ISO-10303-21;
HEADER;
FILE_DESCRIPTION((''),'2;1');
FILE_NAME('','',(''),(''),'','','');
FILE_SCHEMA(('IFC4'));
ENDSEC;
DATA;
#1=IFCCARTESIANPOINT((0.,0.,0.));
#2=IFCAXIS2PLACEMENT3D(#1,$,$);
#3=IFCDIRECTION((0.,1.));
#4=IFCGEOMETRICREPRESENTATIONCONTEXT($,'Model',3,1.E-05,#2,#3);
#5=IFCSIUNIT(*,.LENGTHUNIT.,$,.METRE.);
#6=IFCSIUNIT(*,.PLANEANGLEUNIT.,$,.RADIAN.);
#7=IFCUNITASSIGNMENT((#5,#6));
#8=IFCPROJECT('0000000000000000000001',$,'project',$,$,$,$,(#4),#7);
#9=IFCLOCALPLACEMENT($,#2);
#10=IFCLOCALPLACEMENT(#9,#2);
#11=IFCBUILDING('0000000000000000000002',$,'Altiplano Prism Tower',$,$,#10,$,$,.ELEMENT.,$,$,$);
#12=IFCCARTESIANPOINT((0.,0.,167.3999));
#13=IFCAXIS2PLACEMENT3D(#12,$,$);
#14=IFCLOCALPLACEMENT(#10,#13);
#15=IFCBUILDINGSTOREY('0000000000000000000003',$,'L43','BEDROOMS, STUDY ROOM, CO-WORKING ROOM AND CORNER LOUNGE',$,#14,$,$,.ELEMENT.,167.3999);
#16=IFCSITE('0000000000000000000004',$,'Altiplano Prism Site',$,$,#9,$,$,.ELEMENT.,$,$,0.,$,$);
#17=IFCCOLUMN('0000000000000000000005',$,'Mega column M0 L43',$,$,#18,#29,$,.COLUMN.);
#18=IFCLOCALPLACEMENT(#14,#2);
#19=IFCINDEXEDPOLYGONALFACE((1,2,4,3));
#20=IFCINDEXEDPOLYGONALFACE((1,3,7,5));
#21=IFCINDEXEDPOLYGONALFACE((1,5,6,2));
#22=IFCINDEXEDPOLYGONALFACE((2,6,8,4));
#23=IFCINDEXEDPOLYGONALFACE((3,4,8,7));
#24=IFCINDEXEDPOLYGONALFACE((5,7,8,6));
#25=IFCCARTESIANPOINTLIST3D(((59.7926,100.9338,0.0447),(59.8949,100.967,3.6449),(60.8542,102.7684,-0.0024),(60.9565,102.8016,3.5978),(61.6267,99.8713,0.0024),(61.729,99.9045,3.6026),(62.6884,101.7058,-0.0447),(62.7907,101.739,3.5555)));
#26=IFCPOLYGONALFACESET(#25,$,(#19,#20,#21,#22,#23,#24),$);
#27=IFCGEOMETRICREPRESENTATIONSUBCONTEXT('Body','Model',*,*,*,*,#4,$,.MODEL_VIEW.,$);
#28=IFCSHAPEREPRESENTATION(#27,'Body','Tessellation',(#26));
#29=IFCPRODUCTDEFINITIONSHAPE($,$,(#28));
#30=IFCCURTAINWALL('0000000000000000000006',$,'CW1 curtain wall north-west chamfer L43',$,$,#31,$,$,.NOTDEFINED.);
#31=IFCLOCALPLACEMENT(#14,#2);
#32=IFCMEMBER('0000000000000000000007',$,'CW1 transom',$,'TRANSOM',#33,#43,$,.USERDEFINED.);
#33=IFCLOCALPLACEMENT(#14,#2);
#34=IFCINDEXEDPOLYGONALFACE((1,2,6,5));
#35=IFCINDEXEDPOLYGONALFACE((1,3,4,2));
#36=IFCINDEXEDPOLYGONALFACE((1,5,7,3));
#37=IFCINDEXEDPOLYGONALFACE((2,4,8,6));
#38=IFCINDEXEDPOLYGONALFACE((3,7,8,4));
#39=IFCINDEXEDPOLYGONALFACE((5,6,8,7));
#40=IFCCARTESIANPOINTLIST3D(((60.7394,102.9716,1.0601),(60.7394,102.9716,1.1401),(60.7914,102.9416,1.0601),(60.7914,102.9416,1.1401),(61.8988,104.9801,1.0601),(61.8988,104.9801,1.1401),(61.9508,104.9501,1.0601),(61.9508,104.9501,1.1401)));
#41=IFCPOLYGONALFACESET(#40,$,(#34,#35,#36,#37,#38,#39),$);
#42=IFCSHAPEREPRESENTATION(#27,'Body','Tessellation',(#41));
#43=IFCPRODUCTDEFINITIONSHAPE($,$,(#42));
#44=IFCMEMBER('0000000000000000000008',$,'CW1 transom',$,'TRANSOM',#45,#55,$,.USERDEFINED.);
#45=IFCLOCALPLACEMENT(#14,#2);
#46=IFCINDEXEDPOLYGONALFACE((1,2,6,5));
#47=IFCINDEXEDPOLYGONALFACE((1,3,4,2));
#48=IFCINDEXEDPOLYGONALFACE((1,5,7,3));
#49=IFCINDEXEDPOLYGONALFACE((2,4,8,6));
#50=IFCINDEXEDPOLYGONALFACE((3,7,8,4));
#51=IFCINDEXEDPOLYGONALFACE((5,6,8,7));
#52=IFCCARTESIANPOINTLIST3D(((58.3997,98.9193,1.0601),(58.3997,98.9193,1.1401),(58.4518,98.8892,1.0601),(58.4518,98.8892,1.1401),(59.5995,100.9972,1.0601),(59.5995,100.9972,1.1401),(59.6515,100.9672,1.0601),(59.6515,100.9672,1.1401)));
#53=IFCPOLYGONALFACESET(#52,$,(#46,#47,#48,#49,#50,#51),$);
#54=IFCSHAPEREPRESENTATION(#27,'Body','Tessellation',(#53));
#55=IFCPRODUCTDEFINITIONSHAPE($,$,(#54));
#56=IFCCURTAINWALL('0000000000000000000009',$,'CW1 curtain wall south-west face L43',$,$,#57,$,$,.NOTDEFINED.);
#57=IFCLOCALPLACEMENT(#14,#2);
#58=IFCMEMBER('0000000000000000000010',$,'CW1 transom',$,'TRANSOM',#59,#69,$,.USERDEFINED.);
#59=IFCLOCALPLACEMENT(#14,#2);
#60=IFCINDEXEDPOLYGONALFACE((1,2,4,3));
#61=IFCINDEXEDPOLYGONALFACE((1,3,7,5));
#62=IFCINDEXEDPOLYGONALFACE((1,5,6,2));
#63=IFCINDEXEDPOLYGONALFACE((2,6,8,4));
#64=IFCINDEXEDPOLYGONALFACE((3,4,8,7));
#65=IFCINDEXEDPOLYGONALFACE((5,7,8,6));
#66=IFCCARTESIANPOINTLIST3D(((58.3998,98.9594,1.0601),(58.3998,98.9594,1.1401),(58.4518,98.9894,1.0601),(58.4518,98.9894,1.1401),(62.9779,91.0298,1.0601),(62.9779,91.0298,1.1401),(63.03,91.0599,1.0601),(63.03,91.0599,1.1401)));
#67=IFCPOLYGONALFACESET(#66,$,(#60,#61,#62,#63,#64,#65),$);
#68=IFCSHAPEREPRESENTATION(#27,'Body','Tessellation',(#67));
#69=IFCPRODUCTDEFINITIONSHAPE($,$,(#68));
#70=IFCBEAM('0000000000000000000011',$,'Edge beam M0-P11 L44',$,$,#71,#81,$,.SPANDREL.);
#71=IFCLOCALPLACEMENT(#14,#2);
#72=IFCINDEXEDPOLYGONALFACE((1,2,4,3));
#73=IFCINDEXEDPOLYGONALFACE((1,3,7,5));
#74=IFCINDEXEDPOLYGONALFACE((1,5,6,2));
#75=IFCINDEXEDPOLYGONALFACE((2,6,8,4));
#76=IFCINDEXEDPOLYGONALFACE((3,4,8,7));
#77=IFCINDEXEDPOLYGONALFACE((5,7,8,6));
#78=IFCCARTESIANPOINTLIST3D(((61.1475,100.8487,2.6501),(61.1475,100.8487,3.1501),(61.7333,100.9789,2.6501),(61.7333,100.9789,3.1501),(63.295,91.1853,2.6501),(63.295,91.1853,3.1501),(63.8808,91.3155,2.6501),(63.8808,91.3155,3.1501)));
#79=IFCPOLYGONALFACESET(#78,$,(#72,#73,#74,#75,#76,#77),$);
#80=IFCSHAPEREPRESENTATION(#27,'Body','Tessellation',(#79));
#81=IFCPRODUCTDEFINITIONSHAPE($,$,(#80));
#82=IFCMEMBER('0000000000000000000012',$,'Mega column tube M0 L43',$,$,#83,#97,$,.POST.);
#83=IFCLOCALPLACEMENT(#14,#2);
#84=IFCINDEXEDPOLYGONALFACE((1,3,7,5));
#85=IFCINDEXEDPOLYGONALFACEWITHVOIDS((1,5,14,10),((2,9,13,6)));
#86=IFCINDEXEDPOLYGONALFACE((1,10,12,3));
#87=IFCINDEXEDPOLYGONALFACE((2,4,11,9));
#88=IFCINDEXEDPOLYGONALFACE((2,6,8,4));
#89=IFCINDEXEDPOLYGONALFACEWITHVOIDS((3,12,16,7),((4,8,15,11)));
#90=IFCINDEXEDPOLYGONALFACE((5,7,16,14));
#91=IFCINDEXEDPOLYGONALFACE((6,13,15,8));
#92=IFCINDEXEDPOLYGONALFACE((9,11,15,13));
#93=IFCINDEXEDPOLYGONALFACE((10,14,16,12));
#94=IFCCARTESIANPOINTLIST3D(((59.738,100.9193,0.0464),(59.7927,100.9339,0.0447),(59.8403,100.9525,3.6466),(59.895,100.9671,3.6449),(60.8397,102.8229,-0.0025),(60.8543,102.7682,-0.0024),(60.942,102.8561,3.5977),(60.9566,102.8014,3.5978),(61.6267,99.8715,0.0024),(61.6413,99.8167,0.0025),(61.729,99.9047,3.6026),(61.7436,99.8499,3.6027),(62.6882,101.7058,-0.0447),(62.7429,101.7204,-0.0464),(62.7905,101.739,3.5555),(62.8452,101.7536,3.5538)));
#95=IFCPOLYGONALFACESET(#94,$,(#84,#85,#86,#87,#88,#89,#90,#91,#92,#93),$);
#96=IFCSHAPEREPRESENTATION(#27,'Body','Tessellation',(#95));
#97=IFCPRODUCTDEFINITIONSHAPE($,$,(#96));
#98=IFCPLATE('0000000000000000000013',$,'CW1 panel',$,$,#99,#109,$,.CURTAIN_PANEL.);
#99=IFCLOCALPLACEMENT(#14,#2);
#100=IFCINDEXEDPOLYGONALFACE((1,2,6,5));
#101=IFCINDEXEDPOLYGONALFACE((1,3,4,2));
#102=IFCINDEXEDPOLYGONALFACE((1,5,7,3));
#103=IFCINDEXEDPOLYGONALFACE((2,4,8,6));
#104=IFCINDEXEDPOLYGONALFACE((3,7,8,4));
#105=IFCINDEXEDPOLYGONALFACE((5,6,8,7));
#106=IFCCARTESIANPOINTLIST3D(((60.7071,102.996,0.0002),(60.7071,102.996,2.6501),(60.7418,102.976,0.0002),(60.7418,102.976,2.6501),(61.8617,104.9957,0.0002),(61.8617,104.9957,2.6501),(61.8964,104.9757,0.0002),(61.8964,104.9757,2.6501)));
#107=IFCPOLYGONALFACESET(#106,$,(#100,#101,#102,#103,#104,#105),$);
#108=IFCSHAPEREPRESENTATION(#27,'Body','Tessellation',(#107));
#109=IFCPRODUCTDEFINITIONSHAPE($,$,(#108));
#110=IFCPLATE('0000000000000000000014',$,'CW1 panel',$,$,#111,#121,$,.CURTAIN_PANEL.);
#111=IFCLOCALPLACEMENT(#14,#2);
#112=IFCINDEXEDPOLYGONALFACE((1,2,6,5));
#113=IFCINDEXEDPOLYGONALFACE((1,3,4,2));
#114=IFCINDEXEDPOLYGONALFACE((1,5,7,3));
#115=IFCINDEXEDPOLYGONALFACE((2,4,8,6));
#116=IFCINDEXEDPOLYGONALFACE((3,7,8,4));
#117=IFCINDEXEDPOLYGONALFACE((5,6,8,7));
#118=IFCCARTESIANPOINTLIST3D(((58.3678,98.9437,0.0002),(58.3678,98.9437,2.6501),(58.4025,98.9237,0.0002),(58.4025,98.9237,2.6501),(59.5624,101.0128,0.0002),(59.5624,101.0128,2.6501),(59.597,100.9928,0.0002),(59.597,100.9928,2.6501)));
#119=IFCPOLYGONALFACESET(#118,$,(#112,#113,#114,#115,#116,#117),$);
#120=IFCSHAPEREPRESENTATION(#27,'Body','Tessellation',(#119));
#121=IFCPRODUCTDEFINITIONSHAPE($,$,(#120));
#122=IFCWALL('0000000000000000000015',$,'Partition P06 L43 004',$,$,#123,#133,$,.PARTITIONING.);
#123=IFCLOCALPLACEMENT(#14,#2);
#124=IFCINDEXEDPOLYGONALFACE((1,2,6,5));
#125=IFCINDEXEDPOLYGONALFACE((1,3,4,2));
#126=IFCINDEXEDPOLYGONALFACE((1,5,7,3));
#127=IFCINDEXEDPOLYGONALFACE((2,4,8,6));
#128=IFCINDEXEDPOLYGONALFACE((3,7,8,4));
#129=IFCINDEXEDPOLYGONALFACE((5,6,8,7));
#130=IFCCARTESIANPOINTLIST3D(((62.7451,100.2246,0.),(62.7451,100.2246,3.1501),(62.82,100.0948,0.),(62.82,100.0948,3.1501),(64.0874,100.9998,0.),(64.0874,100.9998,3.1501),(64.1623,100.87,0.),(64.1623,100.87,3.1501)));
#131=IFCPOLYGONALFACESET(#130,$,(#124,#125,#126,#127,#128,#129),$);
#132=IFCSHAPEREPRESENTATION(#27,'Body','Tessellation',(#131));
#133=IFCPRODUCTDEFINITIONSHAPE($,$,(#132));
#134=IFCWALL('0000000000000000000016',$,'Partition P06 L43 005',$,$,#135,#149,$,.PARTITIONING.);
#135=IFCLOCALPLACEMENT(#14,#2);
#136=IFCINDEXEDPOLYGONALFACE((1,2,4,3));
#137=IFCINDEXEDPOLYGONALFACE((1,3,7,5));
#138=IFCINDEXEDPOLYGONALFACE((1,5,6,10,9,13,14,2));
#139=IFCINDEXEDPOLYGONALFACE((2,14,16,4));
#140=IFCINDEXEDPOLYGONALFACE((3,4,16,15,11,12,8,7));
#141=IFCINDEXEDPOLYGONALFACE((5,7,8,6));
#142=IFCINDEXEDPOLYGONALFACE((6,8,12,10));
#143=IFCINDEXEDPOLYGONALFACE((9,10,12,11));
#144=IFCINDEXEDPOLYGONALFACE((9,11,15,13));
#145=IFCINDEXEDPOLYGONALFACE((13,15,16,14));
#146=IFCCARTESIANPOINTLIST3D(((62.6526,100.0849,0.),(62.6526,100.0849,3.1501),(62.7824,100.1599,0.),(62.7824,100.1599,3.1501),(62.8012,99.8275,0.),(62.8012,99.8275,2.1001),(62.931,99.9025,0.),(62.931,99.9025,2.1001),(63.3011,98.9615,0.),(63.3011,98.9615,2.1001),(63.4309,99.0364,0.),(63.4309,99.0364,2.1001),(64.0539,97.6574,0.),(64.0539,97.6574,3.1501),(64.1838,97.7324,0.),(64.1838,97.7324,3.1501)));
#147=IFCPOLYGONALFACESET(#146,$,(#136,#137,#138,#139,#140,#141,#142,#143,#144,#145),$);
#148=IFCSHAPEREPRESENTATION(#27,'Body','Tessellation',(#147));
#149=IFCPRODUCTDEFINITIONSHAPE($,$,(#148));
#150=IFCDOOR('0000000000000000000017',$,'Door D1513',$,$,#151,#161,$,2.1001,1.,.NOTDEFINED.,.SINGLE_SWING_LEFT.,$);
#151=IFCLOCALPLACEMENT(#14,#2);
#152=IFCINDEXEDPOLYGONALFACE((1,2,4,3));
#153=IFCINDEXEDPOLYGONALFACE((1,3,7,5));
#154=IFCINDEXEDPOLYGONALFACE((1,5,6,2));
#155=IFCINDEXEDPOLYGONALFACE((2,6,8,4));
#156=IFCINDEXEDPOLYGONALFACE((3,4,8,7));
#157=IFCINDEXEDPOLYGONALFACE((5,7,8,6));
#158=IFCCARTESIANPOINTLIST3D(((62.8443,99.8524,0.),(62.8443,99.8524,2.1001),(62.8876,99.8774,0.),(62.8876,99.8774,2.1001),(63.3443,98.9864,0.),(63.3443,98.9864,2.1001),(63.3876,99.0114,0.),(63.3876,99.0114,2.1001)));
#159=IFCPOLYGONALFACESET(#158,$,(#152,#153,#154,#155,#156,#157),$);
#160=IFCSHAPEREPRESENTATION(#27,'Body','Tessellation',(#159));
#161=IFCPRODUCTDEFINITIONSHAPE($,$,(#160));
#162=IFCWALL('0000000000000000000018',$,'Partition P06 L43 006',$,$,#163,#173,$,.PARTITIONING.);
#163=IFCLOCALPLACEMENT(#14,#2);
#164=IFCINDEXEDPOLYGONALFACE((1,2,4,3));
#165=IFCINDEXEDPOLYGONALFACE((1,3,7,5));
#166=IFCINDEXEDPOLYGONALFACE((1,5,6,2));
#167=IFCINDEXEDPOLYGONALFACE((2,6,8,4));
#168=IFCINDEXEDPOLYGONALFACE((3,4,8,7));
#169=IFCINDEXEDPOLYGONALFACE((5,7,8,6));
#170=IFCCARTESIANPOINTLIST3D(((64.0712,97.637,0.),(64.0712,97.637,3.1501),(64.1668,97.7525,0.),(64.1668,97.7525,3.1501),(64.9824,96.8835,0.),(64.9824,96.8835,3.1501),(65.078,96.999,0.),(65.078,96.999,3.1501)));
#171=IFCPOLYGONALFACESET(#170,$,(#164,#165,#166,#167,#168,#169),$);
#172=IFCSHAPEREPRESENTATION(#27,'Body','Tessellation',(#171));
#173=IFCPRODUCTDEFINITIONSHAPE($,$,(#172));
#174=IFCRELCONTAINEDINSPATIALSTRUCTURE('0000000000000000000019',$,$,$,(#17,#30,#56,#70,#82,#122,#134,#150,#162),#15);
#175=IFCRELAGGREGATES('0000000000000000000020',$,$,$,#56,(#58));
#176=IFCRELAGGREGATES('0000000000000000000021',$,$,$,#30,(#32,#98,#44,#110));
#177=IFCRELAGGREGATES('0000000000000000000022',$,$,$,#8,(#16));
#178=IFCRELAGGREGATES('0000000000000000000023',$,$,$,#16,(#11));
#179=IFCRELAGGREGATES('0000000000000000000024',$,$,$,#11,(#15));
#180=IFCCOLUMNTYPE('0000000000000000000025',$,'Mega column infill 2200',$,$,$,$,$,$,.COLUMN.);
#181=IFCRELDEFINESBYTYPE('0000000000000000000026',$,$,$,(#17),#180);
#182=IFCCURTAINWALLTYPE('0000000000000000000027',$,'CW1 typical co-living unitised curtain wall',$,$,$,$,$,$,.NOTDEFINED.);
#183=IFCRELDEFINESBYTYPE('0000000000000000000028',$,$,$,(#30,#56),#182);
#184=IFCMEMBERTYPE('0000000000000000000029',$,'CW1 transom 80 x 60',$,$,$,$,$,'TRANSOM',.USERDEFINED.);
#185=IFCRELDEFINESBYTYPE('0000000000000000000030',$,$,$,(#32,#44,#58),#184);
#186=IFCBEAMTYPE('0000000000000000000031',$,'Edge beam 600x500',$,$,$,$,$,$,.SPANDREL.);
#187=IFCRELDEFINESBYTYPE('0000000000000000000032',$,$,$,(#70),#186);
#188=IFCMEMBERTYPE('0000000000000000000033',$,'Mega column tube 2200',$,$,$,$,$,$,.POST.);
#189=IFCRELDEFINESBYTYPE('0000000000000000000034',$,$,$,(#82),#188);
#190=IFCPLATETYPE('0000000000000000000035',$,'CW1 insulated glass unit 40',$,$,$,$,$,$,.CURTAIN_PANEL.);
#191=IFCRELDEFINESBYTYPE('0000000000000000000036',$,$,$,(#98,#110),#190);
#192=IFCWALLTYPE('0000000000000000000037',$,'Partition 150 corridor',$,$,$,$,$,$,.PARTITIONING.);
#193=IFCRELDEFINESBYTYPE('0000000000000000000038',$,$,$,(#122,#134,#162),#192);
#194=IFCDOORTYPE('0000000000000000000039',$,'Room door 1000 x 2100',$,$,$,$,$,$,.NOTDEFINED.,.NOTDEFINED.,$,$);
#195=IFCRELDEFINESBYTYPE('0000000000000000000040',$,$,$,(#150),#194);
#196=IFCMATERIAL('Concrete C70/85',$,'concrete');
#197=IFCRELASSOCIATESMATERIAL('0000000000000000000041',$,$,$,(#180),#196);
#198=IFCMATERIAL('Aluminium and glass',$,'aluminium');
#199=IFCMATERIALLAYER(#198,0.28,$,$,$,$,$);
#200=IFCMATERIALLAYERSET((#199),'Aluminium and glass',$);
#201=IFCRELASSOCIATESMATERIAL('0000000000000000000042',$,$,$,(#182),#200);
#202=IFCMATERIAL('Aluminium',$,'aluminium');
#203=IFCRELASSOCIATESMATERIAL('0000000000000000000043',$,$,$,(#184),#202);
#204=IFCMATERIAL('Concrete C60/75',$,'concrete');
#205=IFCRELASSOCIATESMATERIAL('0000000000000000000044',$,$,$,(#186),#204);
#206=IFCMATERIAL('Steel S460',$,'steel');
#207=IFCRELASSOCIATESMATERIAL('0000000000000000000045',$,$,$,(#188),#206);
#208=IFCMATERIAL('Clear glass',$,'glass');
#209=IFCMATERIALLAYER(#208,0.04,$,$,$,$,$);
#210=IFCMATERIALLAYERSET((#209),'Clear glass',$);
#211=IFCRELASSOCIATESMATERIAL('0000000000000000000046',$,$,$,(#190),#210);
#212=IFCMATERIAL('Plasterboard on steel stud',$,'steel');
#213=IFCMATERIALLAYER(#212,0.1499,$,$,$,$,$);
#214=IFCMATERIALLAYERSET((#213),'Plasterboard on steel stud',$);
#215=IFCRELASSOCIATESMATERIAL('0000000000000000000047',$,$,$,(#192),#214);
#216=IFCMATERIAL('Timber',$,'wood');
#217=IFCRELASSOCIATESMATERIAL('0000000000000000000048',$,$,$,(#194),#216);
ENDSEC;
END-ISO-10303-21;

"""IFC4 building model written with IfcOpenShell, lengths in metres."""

from ifc_helpers import new_model, si_unit, direction, frame, frame_2d, origin, origin_2d, place, context, subcontext, project, spatial, rectangle, hollow_rectangle, extrude, material, layer, layer_set, material_profile, profile_set, type_object, element, fill, aggregate, save


model = new_model("IFC4")

# Units and contexts
model_context = context("Model", 3, precision=1e-05, world=origin(), true_north=direction((0.0, 1.0)))
body_context = subcontext(model_context, "Body", "Model", "MODEL_VIEW")
ifc_project = project(units=[si_unit("LENGTHUNIT", "METRE"), si_unit("PLANEANGLEUNIT", "RADIAN")], contexts=[model_context])

# Site, building, storey
site_placement = place(None, origin())
site = spatial("IfcSite", under=ifc_project, at=site_placement, Name="Altiplano Prism Site", CompositionType="ELEMENT", RefElevation=0.0)
building_placement = place(site_placement, origin())
building = spatial("IfcBuilding", under=site, at=building_placement, Name="Altiplano Prism Tower", CompositionType="ELEMENT")
storey_placement = place(building_placement, frame((0.0, 0.0, 167.3999)))
storey = spatial("IfcBuildingStorey", under=building, at=storey_placement, Name="L43", Description="BEDROOMS, STUDY ROOM, CO-WORKING ROOM AND CORNER LOUNGE", CompositionType="ELEMENT", Elevation=167.3999)

# Column
ifc_material_1 = material(Name="Concrete C70/85", Category="concrete")
ifc_material_profile_1 = material_profile(ifc_material_1, rectangle(XDim=2.1201, YDim=2.1201, at=origin_2d()), Name="Mega column infill 2200")
ifc_profile_set_1 = profile_set([ifc_material_profile_1], Name="Concrete C70/85")
column_type = type_object("IfcColumnType", Name="Mega column infill 2200", PredefinedType="COLUMN", material=ifc_profile_set_1)
column_placement = place(storey_placement, frame((61.2405, 101.3198, 0.0), z_axis=(0.028402, 0.009219, 0.999554), x_axis=(-0.865123, 0.501162, 0.01996)))
element("IfcColumn", 1, at=column_placement, inside=storey, type_object=column_type, Name="Mega column M0 L43", PredefinedType="COLUMN", context=body_context, shape_type="SweptSolid", body=[
    extrude(rectangle(XDim=2.1201, YDim=2.1201, at=origin_2d()), origin(), (0.0, 0.0, 1.0), 3.6018),
])

# Curtain wall, members
ifc_material_2 = material(Name="Aluminium and glass", Category="aluminium")
ifc_layer_1 = layer(ifc_material_2, 0.28)
ifc_layer_set_1 = layer_set([ifc_layer_1], Name="Aluminium and glass")
curtain_wall_type = type_object("IfcCurtainWallType", Name="CW1 typical co-living unitised curtain wall", PredefinedType="NOTDEFINED", material=ifc_layer_set_1)
curtain_wall_1_placement = place(storey_placement, origin())
curtain_wall_1 = element("IfcCurtainWall", 2, at=curtain_wall_1_placement, inside=storey, type_object=curtain_wall_type, Name="CW1 curtain wall north-west chamfer L43", PredefinedType="NOTDEFINED")
ifc_material_3 = material(Name="Aluminium", Category="aluminium")
ifc_material_profile_2 = material_profile(ifc_material_3, rectangle(XDim=0.0601, YDim=0.0801, at=origin_2d()), Name="CW1 transom 80 x 60")
ifc_profile_set_2 = profile_set([ifc_material_profile_2], Name="Aluminium")
member_type_1 = type_object("IfcMemberType", Name="CW1 transom 80 x 60", ElementType="TRANSOM", PredefinedType="USERDEFINED", material=ifc_profile_set_2)
member_1_placement = place(storey_placement, frame((61.9248, 104.9651, 1.1001), z_axis=(-0.499932, -0.866065, 0.0), x_axis=(0.866065, -0.499932, 0.0)))
member_1 = element("IfcMember", 3, at=member_1_placement, type_object=member_type_1, Name="CW1 transom", ObjectType="TRANSOM", PredefinedType="USERDEFINED", context=body_context, shape_type="SweptSolid", body=[
    extrude(rectangle(XDim=0.0601, YDim=0.0801, at=origin_2d()), origin(), (0.0, 0.0, 1.0), 2.3191),
])
member_2_placement = place(storey_placement, frame((59.6255, 100.9822, 1.1001), z_axis=(-0.500013, -0.866018, 0.0), x_axis=(0.866018, -0.500013, 0.0)))
member_2 = element("IfcMember", 4, at=member_2_placement, type_object=member_type_1, Name="CW1 transom", ObjectType="TRANSOM", PredefinedType="USERDEFINED", context=body_context, shape_type="SweptSolid", body=[
    extrude(rectangle(XDim=0.0601, YDim=0.0801, at=origin_2d()), origin(), (0.0, 0.0, 1.0), 2.3994),
])

# Curtain wall, member
curtain_wall_2_placement = place(storey_placement, origin())
curtain_wall_2 = element("IfcCurtainWall", 5, at=curtain_wall_2_placement, inside=storey, type_object=curtain_wall_type, Name="CW1 curtain wall south-west face L43", PredefinedType="NOTDEFINED")
member_3_placement = place(storey_placement, frame((58.4258, 98.9744, 1.1001), z_axis=(0.500005, -0.866023, 0.0), x_axis=(0.866023, 0.500005, 0.0)))
member_3 = element("IfcMember", 6, at=member_3_placement, type_object=member_type_1, Name="CW1 transom", ObjectType="TRANSOM", PredefinedType="USERDEFINED", context=body_context, shape_type="SweptSolid", body=[
    extrude(rectangle(XDim=0.0601, YDim=0.0801, at=origin_2d()), origin(), (0.0, 0.0, 1.0), 9.1562),
])
aggregate(curtain_wall_2, [member_3])

# Beam
ifc_material_4 = material(Name="Concrete C60/75", Category="concrete")
ifc_material_profile_3 = material_profile(ifc_material_4, rectangle(XDim=0.6001, YDim=0.5, at=origin_2d()), Name="Edge beam 600x500")
ifc_profile_set_3 = profile_set([ifc_material_profile_3], Name="Concrete C60/75")
beam_type = type_object("IfcBeamType", Name="Edge beam 600x500", PredefinedType="SPANDREL", material=ifc_profile_set_3)
beam_placement = place(storey_placement, frame((61.4404, 100.9138, 2.9001), z_axis=(0.216936, -0.976186, 0.0), x_axis=(0.976186, 0.216936, 0.0)))
element("IfcBeam", 7, at=beam_placement, inside=storey, type_object=beam_type, Name="Edge beam M0-P11 L44", PredefinedType="SPANDREL", context=body_context, shape_type="SweptSolid", body=[
    extrude(rectangle(XDim=0.6001, YDim=0.5, at=origin_2d()), origin(), (0.0, 0.0, 1.0), 9.8992),
])

# Member
ifc_material_5 = material(Name="Steel S460", Category="steel")
ifc_material_profile_4 = material_profile(ifc_material_5, hollow_rectangle(XDim=2.2, YDim=2.2, WallThickness=0.04, at=origin_2d()), Name="Mega column tube 2200")
ifc_profile_set_4 = profile_set([ifc_material_profile_4], Name="Steel S460")
member_type_2 = type_object("IfcMemberType", Name="Mega column tube 2200", PredefinedType="POST", material=ifc_profile_set_4)
member_4_placement = place(storey_placement, frame((61.2405, 101.3198, 0.0), z_axis=(0.028402, 0.009219, 0.999554), x_axis=(-0.865123, 0.501162, 0.01996)))
element("IfcMember", 8, at=member_4_placement, inside=storey, type_object=member_type_2, Name="Mega column tube M0 L43", PredefinedType="POST", context=body_context, shape_type="SweptSolid", body=[
    extrude(hollow_rectangle(XDim=2.2, YDim=2.2, WallThickness=0.04, at=origin_2d()), origin(), (0.0, 0.0, 1.0), 3.6018),
])

# Plates
ifc_material_6 = material(Name="Clear glass", Category="glass")
ifc_layer_2 = layer(ifc_material_6, 0.04)
ifc_layer_set_2 = layer_set([ifc_layer_2], Name="Clear glass")
plate_type = type_object("IfcPlateType", Name="CW1 insulated glass unit 40", PredefinedType="CURTAIN_PANEL", material=ifc_layer_set_2)
plate_1_placement = place(storey_placement, frame((61.3018, 103.9858, 0.0002), z_axis=(0.0, 0.0, 1.0), x_axis=(-0.5, -0.866025, 0.0)))
plate_1 = element("IfcPlate", 9, at=plate_1_placement, type_object=plate_type, Name="CW1 panel", PredefinedType="CURTAIN_PANEL", context=body_context, shape_type="SweptSolid", body=[
    extrude(rectangle(XDim=2.3091, YDim=0.04, at=origin_2d()), origin(), (0.0, 0.0, 1.0), 2.6499),
])
plate_2_placement = place(storey_placement, frame((58.9824, 99.9683, 0.0002), z_axis=(0.0, 0.0, 1.0), x_axis=(-0.5, -0.866025, 0.0)))
plate_2 = element("IfcPlate", 10, at=plate_2_placement, type_object=plate_type, Name="CW1 panel", PredefinedType="CURTAIN_PANEL", context=body_context, shape_type="SweptSolid", body=[
    extrude(rectangle(XDim=2.3892, YDim=0.04, at=origin_2d()), origin(), (0.0, 0.0, 1.0), 2.6499),
])
aggregate(curtain_wall_1, [member_1, plate_1, member_2, plate_2])

# Wall
ifc_material_7 = material(Name="Plasterboard on steel stud", Category="steel")
ifc_layer_3 = layer(ifc_material_7, 0.1499)
ifc_layer_set_3 = layer_set([ifc_layer_3], Name="Plasterboard on steel stud")
wall_type_1 = type_object("IfcWallType", Name="Partition 150 corridor", PredefinedType="PARTITIONING", material=ifc_layer_set_3)
wall_1_placement = place(storey_placement, frame((64.1248, 100.9348, 0.0), z_axis=(0.0, 0.0, 1.0), x_axis=(-0.865976, -0.500086, 0.0)))
element("IfcWall", 11, at=wall_1_placement, inside=storey, type_object=wall_type_1, Name="Partition P06 L43 004", PredefinedType="PARTITIONING", context=body_context, shape_type="SweptSolid", body=[
    extrude(rectangle(XDim=1.55, YDim=0.1499, at=frame_2d((0.7749, 0.0))), origin(), (0.0, 0.0, 1.0), 3.1501),
])

# Wall, opening, door
wall_2_placement = place(storey_placement, frame((62.7175, 100.1223, 0.0), z_axis=(0.0, 0.0, 1.0), x_axis=(0.499961, -0.866048, 0.0)))
wall_2 = element("IfcWall", 12, at=wall_2_placement, inside=storey, type_object=wall_type_1, Name="Partition P06 L43 005", PredefinedType="PARTITIONING", context=body_context, shape_type="SweptSolid", body=[
    extrude(rectangle(XDim=2.803, YDim=0.1499, at=frame_2d((1.4014, 0.0))), origin(), (0.0, 0.0, 1.0), 3.1501),
])
opening_1_placement = place(wall_2_placement, frame((0.2971, 0.0, 0.0)))
opening_1 = element("IfcOpeningElement", 13, at=opening_1_placement, cuts=wall_2, PredefinedType="OPENING", context=body_context, shape_type="SweptSolid", body=[
    extrude(rectangle(XDim=1.0, YDim=2.1001, at=frame_2d((0.5, 1.05))), frame((0.0, 0.0854, 0.0), z_axis=(0.0, -1.0, 0.0), x_axis=(1.0, 0.0, 0.0)), (0.0, 0.0, 1.0), 0.1709),
])
ifc_material_8 = material(Name="Timber", Category="wood")
door_type_1 = type_object("IfcDoorType", Name="Room door 1000 x 2100", OperationType="NOTDEFINED", PredefinedType="NOTDEFINED", material=ifc_material_8)
door_1_placement = place(opening_1_placement, origin())
door_1 = element("IfcDoor", 14, at=door_1_placement, inside=storey, type_object=door_type_1, Name="Door D1513", OperationType="SINGLE_SWING_LEFT", OverallHeight=2.1001, OverallWidth=1.0, PredefinedType="NOTDEFINED", context=body_context, shape_type="SweptSolid", body=[
    extrude(rectangle(XDim=1.0, YDim=2.1001, at=frame_2d((0.5, 1.05))), frame((0.0, 0.0249, 0.0), z_axis=(0.0, -1.0, 0.0), x_axis=(1.0, 0.0, 0.0)), (0.0, 0.0, 1.0), 0.05),
])
fill(opening_1, door_1)

# Wall
wall_3_placement = place(storey_placement, frame((64.1189, 97.6948, 0.0), z_axis=(0.0, 0.0, 1.0), x_axis=(0.770653, -0.637255, 0.0)))
element("IfcWall", 15, at=wall_3_placement, inside=storey, type_object=wall_type_1, Name="Partition P06 L43 006", PredefinedType="PARTITIONING", context=body_context, shape_type="SweptSolid", body=[
    extrude(rectangle(XDim=1.1824, YDim=0.1499, at=frame_2d((0.5913, 0.0))), origin(), (0.0, 0.0, 1.0), 3.1501),
])

save(model, "model.ifc")
